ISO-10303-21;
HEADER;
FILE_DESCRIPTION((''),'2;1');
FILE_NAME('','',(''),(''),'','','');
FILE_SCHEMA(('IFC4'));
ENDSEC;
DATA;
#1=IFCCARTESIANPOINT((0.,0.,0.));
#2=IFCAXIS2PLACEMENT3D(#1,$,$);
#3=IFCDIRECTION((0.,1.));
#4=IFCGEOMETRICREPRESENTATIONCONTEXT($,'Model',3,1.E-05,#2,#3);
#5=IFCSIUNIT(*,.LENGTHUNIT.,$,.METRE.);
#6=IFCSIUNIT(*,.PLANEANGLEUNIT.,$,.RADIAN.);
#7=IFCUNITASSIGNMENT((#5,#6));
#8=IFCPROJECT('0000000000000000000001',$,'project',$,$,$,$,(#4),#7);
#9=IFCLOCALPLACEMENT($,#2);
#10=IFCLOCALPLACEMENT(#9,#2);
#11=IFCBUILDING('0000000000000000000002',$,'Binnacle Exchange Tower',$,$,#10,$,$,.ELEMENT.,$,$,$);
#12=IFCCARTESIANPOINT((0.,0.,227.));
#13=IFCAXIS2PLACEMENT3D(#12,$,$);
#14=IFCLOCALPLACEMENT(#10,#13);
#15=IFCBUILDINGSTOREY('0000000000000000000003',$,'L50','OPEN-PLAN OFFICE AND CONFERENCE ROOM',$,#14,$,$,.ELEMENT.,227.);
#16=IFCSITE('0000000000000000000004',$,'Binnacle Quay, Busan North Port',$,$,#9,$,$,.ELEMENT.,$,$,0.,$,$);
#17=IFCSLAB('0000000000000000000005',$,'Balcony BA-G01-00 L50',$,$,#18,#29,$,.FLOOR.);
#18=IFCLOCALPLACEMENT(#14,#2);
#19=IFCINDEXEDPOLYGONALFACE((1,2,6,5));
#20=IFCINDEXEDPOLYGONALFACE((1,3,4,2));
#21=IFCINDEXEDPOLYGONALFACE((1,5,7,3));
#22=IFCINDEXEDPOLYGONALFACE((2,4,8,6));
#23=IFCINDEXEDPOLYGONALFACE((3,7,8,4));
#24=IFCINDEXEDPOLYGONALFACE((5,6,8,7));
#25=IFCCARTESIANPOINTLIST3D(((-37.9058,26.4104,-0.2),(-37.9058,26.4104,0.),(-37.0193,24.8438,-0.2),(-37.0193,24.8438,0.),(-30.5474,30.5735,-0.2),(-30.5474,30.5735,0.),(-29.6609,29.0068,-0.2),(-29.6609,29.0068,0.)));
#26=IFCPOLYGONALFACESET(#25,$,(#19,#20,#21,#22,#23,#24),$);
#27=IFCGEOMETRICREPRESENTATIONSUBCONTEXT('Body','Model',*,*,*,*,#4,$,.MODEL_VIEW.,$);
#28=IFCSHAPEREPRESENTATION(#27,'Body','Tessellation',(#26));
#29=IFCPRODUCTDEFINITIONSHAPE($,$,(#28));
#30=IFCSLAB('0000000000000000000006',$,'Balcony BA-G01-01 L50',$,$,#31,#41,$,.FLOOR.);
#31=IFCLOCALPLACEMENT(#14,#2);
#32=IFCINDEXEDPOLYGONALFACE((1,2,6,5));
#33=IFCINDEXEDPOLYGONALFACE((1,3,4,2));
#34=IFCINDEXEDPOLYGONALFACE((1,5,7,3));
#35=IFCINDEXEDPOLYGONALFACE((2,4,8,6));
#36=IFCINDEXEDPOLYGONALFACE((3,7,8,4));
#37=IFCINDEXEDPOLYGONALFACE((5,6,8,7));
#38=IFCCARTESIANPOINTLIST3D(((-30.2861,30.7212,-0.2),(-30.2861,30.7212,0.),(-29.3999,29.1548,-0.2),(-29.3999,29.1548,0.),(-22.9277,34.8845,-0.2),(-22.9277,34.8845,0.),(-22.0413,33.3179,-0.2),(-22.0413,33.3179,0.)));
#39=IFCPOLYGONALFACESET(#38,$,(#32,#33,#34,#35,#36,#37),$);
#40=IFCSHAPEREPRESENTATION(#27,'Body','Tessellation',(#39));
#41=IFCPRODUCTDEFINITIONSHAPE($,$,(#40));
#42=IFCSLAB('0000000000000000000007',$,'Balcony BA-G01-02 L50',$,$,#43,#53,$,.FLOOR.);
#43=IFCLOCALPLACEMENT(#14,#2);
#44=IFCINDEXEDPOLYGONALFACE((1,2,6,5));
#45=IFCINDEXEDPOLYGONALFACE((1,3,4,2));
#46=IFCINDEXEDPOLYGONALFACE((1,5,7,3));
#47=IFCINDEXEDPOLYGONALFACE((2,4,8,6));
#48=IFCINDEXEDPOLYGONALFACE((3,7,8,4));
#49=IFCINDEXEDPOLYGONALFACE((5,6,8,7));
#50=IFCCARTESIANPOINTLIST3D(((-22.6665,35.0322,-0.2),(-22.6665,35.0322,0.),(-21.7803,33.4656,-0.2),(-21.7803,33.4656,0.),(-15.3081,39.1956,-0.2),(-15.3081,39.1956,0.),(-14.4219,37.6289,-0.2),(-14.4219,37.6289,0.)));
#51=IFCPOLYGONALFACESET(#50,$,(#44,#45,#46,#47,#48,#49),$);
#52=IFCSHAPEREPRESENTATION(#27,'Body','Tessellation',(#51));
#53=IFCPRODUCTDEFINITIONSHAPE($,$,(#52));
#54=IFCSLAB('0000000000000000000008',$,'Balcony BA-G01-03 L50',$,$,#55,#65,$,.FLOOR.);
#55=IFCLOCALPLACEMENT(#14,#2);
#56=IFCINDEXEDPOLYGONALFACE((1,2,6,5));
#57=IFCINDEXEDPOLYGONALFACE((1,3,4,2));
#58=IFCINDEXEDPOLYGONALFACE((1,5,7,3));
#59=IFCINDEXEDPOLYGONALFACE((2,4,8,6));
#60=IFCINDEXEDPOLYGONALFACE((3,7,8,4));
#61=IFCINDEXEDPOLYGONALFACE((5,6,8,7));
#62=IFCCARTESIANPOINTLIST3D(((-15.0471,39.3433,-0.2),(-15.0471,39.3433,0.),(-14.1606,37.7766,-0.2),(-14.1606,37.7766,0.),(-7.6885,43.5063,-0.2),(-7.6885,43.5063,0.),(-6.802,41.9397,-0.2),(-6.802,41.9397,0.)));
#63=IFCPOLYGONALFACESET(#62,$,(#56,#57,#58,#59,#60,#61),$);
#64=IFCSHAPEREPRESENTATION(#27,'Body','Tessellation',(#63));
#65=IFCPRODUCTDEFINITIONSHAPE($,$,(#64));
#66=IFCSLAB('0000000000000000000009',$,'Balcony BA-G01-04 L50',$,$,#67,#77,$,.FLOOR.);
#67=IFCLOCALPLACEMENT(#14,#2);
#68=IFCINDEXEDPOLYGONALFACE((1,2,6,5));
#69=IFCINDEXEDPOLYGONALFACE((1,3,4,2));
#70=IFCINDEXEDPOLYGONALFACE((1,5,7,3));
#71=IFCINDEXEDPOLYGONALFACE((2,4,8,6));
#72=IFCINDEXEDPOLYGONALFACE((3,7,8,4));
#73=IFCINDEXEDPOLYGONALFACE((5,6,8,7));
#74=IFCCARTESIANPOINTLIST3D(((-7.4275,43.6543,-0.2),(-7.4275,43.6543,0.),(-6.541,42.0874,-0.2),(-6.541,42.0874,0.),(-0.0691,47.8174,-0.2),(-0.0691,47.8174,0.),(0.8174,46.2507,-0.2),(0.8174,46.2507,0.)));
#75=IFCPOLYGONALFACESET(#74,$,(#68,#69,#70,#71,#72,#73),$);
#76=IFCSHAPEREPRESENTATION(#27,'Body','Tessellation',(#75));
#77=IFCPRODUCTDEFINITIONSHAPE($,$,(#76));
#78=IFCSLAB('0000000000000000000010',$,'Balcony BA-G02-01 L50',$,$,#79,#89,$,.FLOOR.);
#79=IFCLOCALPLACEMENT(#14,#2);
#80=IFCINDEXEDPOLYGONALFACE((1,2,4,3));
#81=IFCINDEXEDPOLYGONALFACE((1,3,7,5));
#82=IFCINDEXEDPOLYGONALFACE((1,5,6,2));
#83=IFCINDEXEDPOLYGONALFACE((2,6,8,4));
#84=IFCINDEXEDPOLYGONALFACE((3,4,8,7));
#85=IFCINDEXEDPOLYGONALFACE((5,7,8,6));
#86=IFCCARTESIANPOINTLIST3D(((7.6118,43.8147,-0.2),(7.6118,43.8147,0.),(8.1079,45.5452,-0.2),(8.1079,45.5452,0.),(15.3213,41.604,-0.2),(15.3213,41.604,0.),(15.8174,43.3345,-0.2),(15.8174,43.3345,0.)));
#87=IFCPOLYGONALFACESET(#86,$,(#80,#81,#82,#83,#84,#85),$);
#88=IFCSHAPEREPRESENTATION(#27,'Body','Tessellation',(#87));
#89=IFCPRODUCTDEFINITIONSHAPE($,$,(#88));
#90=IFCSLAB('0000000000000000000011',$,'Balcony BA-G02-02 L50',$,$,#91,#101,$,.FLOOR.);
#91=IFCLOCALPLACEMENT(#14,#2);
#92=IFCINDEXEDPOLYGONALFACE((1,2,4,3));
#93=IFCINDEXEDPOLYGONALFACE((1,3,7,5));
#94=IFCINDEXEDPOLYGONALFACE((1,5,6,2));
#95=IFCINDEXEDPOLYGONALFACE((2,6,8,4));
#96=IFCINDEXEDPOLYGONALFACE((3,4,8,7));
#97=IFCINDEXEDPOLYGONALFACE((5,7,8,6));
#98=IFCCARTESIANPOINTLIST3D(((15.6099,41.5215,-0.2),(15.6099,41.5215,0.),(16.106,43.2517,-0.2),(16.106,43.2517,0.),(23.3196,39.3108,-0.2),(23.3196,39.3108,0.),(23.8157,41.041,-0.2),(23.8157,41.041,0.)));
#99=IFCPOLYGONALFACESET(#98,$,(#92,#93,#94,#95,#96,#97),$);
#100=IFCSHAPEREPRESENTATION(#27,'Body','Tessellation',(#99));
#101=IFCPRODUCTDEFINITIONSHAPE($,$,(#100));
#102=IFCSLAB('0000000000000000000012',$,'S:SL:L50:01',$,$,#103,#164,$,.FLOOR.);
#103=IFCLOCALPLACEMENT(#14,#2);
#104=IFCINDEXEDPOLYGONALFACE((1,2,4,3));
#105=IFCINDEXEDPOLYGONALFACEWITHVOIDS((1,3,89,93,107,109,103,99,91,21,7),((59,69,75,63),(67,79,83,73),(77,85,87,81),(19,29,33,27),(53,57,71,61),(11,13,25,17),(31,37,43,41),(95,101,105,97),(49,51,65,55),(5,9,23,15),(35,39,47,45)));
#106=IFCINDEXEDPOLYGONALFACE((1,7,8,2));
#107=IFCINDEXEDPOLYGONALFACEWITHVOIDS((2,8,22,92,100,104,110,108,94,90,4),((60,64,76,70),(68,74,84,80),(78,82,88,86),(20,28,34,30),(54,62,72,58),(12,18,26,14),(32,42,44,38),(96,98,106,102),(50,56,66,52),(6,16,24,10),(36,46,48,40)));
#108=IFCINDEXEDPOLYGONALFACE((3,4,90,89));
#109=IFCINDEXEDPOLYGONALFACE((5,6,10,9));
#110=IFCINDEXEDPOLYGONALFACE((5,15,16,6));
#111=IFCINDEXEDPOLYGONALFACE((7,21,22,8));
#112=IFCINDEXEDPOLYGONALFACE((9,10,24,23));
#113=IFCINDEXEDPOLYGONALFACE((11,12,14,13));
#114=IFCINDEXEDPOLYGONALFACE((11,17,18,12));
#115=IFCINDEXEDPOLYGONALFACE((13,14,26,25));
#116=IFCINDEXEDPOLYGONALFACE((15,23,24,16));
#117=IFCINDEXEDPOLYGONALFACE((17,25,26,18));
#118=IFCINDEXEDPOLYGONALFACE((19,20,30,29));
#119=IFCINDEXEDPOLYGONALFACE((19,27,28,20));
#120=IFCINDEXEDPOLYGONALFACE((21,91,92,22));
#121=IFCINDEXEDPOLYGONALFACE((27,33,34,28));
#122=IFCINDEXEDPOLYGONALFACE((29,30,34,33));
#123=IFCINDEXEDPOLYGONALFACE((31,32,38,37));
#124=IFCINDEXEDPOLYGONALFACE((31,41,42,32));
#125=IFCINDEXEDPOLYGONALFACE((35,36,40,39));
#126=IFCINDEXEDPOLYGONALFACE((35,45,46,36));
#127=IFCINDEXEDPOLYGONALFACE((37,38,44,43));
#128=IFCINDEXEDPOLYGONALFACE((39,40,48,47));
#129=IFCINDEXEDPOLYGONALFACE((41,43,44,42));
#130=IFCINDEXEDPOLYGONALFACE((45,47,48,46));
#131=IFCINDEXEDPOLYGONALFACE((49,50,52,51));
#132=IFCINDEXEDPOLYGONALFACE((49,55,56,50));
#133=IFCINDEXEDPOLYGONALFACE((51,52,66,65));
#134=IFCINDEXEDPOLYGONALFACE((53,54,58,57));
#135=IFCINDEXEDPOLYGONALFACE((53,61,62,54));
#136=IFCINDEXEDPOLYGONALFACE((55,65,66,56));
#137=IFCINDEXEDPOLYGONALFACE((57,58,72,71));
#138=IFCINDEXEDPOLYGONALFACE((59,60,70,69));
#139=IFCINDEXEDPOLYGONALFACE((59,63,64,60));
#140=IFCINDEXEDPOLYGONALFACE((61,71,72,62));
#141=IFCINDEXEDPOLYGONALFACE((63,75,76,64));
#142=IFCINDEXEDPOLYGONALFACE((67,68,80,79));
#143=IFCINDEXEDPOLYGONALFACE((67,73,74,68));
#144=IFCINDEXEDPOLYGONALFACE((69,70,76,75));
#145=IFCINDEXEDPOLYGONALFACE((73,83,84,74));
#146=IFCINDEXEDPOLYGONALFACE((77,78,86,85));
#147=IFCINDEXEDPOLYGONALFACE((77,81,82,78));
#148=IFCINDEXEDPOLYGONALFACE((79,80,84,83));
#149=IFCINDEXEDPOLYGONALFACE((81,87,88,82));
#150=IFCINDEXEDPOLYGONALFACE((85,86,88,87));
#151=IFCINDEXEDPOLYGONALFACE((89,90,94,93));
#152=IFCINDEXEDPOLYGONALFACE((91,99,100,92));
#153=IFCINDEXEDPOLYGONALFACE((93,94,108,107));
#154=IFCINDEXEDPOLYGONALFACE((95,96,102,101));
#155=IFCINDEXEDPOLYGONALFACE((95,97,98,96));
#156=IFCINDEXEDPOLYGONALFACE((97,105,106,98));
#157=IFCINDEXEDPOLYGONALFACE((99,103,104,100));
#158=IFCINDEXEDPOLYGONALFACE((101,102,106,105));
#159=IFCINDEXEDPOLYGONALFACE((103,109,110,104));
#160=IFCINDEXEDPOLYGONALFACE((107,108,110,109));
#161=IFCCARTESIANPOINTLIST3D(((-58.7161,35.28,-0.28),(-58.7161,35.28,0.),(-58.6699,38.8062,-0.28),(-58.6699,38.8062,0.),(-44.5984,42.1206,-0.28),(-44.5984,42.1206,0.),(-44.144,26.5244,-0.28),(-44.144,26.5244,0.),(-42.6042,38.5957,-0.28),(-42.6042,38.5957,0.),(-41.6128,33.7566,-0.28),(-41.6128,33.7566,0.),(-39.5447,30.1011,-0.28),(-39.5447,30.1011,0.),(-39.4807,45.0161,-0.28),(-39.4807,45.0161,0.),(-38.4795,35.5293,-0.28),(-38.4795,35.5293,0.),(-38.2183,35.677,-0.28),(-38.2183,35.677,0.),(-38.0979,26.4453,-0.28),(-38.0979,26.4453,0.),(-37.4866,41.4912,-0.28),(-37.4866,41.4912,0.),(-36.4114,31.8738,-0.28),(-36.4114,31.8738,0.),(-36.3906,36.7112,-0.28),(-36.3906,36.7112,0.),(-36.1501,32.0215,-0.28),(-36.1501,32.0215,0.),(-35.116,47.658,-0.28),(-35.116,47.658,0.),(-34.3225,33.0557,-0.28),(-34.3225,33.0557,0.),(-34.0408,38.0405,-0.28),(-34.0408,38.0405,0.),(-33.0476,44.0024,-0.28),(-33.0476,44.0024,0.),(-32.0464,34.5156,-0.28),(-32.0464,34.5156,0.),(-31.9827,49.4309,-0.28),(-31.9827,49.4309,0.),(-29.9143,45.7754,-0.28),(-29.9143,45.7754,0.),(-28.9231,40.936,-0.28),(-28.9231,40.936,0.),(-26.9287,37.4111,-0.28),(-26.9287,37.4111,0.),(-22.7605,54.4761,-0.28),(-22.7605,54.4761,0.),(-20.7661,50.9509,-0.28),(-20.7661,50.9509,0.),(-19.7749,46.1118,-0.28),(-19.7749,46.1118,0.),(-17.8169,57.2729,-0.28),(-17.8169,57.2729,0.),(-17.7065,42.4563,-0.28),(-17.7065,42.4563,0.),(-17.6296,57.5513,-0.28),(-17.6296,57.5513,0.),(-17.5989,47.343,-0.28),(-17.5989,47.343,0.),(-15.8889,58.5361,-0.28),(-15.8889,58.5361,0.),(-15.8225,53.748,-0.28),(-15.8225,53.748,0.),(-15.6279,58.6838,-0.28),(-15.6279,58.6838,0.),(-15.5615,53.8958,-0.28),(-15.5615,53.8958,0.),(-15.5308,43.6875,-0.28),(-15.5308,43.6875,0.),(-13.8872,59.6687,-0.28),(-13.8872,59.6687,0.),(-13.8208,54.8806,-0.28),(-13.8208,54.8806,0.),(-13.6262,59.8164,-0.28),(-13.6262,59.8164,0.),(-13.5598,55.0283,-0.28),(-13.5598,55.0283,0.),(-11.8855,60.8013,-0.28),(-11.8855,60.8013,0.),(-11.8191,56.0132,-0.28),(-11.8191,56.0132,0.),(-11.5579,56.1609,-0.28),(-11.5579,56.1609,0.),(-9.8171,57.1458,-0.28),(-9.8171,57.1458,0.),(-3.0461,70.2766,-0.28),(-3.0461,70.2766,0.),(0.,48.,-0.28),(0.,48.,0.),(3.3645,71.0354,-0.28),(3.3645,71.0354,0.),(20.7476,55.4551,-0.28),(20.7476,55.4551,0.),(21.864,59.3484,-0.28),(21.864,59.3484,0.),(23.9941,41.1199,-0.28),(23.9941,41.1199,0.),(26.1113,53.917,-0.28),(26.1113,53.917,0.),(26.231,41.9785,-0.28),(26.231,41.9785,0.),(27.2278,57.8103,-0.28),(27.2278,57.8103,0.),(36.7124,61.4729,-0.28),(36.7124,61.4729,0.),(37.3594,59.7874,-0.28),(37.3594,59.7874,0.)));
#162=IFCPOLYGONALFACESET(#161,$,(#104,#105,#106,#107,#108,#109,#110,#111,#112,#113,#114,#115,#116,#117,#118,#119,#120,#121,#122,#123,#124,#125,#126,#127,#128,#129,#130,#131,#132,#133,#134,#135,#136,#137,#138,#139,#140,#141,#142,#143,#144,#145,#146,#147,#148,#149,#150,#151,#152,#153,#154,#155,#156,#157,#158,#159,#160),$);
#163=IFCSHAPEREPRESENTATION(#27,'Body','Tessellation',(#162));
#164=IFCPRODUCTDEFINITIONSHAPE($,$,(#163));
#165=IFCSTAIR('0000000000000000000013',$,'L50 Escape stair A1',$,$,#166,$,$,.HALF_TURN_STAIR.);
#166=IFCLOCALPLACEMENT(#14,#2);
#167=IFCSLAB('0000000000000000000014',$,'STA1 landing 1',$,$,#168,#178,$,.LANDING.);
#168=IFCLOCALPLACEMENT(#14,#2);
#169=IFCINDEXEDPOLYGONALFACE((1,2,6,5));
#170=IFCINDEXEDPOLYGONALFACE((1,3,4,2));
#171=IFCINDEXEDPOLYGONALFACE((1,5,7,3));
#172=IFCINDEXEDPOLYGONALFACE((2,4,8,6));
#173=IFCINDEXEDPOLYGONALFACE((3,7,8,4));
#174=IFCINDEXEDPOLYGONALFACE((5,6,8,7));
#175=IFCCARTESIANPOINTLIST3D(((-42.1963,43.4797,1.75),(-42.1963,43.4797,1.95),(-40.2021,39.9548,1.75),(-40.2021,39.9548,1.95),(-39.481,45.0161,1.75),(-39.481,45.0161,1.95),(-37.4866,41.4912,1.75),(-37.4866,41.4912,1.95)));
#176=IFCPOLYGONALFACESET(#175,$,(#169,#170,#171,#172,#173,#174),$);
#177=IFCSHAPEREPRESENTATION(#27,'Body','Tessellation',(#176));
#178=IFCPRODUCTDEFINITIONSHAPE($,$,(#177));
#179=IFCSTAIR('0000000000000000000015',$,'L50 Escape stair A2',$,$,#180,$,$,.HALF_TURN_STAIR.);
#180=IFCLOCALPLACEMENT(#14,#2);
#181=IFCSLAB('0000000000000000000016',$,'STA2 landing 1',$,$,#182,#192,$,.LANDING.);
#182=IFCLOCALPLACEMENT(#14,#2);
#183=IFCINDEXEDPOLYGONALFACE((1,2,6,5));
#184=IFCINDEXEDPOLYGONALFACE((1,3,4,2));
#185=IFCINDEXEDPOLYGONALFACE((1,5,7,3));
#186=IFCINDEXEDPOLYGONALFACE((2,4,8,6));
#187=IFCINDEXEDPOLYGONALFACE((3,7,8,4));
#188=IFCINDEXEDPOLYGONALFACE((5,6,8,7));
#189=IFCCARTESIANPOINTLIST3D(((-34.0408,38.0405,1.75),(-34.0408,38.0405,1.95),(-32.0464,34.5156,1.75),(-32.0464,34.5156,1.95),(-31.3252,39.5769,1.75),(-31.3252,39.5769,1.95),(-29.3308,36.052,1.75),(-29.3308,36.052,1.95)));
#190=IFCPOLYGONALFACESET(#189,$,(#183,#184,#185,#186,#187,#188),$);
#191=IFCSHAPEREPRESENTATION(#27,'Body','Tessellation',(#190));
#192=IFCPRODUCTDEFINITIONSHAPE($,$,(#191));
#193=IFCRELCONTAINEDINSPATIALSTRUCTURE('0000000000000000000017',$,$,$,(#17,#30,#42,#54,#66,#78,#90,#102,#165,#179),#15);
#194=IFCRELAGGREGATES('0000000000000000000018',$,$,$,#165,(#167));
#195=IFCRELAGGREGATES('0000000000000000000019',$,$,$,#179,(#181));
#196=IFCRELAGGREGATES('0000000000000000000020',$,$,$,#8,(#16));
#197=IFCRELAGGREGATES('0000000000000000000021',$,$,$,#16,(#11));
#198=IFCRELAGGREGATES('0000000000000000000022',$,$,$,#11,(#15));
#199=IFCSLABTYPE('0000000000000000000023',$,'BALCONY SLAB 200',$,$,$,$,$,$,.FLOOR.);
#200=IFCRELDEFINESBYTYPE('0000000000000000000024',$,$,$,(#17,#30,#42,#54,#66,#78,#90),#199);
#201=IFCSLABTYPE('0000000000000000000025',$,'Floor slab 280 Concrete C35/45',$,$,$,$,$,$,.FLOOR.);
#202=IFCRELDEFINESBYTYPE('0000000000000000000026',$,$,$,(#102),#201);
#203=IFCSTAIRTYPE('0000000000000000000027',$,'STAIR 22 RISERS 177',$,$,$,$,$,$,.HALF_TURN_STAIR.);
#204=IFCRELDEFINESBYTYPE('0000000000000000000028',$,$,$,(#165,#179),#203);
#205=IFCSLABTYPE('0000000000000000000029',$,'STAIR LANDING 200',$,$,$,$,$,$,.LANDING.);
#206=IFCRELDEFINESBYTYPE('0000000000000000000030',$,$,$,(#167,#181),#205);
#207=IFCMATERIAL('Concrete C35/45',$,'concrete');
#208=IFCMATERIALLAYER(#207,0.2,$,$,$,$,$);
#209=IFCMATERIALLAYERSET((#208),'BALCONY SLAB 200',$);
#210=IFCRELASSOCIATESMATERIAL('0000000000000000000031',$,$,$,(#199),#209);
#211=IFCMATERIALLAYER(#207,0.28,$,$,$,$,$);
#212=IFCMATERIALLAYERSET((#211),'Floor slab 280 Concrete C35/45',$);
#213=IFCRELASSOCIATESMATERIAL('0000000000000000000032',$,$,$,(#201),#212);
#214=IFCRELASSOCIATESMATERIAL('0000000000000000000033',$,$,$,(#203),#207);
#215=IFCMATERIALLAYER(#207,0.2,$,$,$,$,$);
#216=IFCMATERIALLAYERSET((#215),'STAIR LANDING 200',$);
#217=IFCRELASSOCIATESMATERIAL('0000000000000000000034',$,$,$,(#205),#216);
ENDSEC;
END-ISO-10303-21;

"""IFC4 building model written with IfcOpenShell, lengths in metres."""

from ifc_helpers import new_model, si_unit, direction, frame, origin, place, context, subcontext, project, spatial, polyline, outline, extrude, material, layer, layer_set, type_object, element, aggregate, save


model = new_model("IFC4")

# Units and contexts
model_context = context("Model", 3, precision=1e-05, world=origin(), true_north=direction((0.0, 1.0)))
body_context = subcontext(model_context, "Body", "Model", "MODEL_VIEW")
ifc_project = project(units=[si_unit("LENGTHUNIT", "METRE"), si_unit("PLANEANGLEUNIT", "RADIAN")], contexts=[model_context])

# Site, building, storey
site_placement = place(None, origin())
site = spatial("IfcSite", under=ifc_project, at=site_placement, Name="Binnacle Quay, Busan North Port", CompositionType="ELEMENT", RefElevation=0.0)
building_placement = place(site_placement, origin())
building = spatial("IfcBuilding", under=site, at=building_placement, Name="Binnacle Exchange Tower", CompositionType="ELEMENT")
storey_placement = place(building_placement, frame((0.0, 0.0, 227.0)))
storey = spatial("IfcBuildingStorey", under=building, at=storey_placement, Name="L50", Description="OPEN-PLAN OFFICE AND CONFERENCE ROOM", CompositionType="ELEMENT", Elevation=227.0)

# Slabs
ifc_material_1 = material(Name="Concrete C35/45", Category="concrete")
ifc_layer_1 = layer(ifc_material_1, 0.2)
ifc_layer_set_1 = layer_set([ifc_layer_1], Name="BALCONY SLAB 200")
slab_type_1 = type_object("IfcSlabType", Name="BALCONY SLAB 200", PredefinedType="FLOOR", material=ifc_layer_set_1)
slab_1_placement = place(storey_placement, frame((0.0, 0.0, -0.2)))
element("IfcSlab", 1, at=slab_1_placement, inside=storey, type_object=slab_type_1, Name="Balcony BA-G01-00 L50", PredefinedType="FLOOR", context=body_context, shape_type="SweptSolid", body=[
    extrude(outline(polyline([(-37.9058, 26.4104), (-30.5474, 30.5735), (-29.6609, 29.0068), (-37.0193, 24.8438), (-37.9058, 26.4104)])), origin(), (0.0, 0.0, 1.0), 0.2),
])
slab_2_placement = place(storey_placement, frame((0.0, 0.0, -0.2)))
element("IfcSlab", 2, at=slab_2_placement, inside=storey, type_object=slab_type_1, Name="Balcony BA-G01-01 L50", PredefinedType="FLOOR", context=body_context, shape_type="SweptSolid", body=[
    extrude(outline(polyline([(-30.2861, 30.7212), (-22.9277, 34.8845), (-22.0413, 33.3179), (-29.3999, 29.1548), (-30.2861, 30.7212)])), origin(), (0.0, 0.0, 1.0), 0.2),
])
slab_3_placement = place(storey_placement, frame((0.0, 0.0, -0.2)))
element("IfcSlab", 3, at=slab_3_placement, inside=storey, type_object=slab_type_1, Name="Balcony BA-G01-02 L50", PredefinedType="FLOOR", context=body_context, shape_type="SweptSolid", body=[
    extrude(outline(polyline([(-22.6665, 35.0322), (-15.3081, 39.1956), (-14.4219, 37.6289), (-21.7803, 33.4656), (-22.6665, 35.0322)])), origin(), (0.0, 0.0, 1.0), 0.2),
])
slab_4_placement = place(storey_placement, frame((0.0, 0.0, -0.2)))
element("IfcSlab", 4, at=slab_4_placement, inside=storey, type_object=slab_type_1, Name="Balcony BA-G01-03 L50", PredefinedType="FLOOR", context=body_context, shape_type="SweptSolid", body=[
    extrude(outline(polyline([(-15.0471, 39.3433), (-7.6885, 43.5063), (-6.802, 41.9397), (-14.1606, 37.7766), (-15.0471, 39.3433)])), origin(), (0.0, 0.0, 1.0), 0.2),
])
slab_5_placement = place(storey_placement, frame((0.0, 0.0, -0.2)))
element("IfcSlab", 5, at=slab_5_placement, inside=storey, type_object=slab_type_1, Name="Balcony BA-G01-04 L50", PredefinedType="FLOOR", context=body_context, shape_type="SweptSolid", body=[
    extrude(outline(polyline([(-7.4275, 43.6543), (-0.0691, 47.8174), (0.8174, 46.2507), (-6.541, 42.0874), (-7.4275, 43.6543)])), origin(), (0.0, 0.0, 1.0), 0.2),
])
slab_6_placement = place(storey_placement, frame((0.0, 0.0, -0.2)))
element("IfcSlab", 6, at=slab_6_placement, inside=storey, type_object=slab_type_1, Name="Balcony BA-G02-01 L50", PredefinedType="FLOOR", context=body_context, shape_type="SweptSolid", body=[
    extrude(outline(polyline([(8.1079, 45.5452), (15.8174, 43.3345), (15.3213, 41.604), (7.6118, 43.8147), (8.1079, 45.5452)])), origin(), (0.0, 0.0, 1.0), 0.2),
])
slab_7_placement = place(storey_placement, frame((0.0, 0.0, -0.2)))
element("IfcSlab", 7, at=slab_7_placement, inside=storey, type_object=slab_type_1, Name="Balcony BA-G02-02 L50", PredefinedType="FLOOR", context=body_context, shape_type="SweptSolid", body=[
    extrude(outline(polyline([(16.106, 43.2517), (23.8157, 41.041), (23.3196, 39.3108), (15.6099, 41.5215), (16.106, 43.2517)])), origin(), (0.0, 0.0, 1.0), 0.2),
])
ifc_layer_2 = layer(ifc_material_1, 0.28)
ifc_layer_set_2 = layer_set([ifc_layer_2], Name="Floor slab 280 Concrete C35/45")
slab_type_2 = type_object("IfcSlabType", Name="Floor slab 280 Concrete C35/45", PredefinedType="FLOOR", material=ifc_layer_set_2)
slab_8_placement = place(storey_placement, frame((0.0, 0.0, -0.28)))
element("IfcSlab", 8, at=slab_8_placement, inside=storey, type_object=slab_type_2, Name="S:SL:L50:01", PredefinedType="FLOOR", context=body_context, shape_type="SweptSolid", body=[
    extrude(outline(polyline([(-58.7161, 35.28), (-58.6699, 38.8062), (-3.0461, 70.2766), (3.3645, 71.0354), (36.7124, 61.4729), (37.3594, 59.7874), (26.231, 41.9785), (23.9941, 41.1199), (0.0, 48.0), (-38.0979, 26.4453), (-44.144, 26.5244), (-58.7161, 35.28)]), holes=[polyline([(-38.4795, 35.5293), (-41.6128, 33.7566), (-39.5447, 30.1011), (-36.4114, 31.8738), (-38.4795, 35.5293)]), polyline([(-36.3906, 36.7112), (-38.2183, 35.677), (-36.1501, 32.0215), (-34.3225, 33.0557), (-36.3906, 36.7112)]), polyline([(-32.0464, 34.5156), (-26.9287, 37.4111), (-28.9231, 40.936), (-34.0408, 38.0405), (-32.0464, 34.5156)]), polyline([(-37.4866, 41.4912), (-39.4807, 45.0161), (-44.5984, 42.1206), (-42.6042, 38.5957), (-37.4866, 41.4912)]), polyline([(-29.9143, 45.7754), (-31.9827, 49.4309), (-35.116, 47.658), (-33.0476, 44.0024), (-29.9143, 45.7754)]), polyline([(-17.8169, 57.2729), (-22.7605, 54.4761), (-20.7661, 50.9509), (-15.8225, 53.748), (-17.8169, 57.2729)]), polyline([(-15.5308, 43.6875), (-17.5989, 47.343), (-19.7749, 46.1118), (-17.7065, 42.4563), (-15.5308, 43.6875)]), polyline([(-13.8208, 54.8806), (-15.8889, 58.5361), (-17.6296, 57.5513), (-15.5615, 53.8958), (-13.8208, 54.8806)]), polyline([(27.2278, 57.8103), (21.864, 59.3484), (20.7476, 55.4551), (26.1113, 53.917), (27.2278, 57.8103)]), polyline([(-11.8191, 56.0132), (-13.8872, 59.6687), (-15.6279, 58.6838), (-13.5598, 55.0283), (-11.8191, 56.0132)]), polyline([(-9.8171, 57.1458), (-11.8855, 60.8013), (-13.6262, 59.8164), (-11.5579, 56.1609), (-9.8171, 57.1458)])]), origin(), (0.0, 0.0, 1.0), 0.28),
])

# Stairs, slabs
stair_type = type_object("IfcStairType", Name="STAIR 22 RISERS 177", PredefinedType="HALF_TURN_STAIR", material=ifc_material_1)
stair_1_placement = place(storey_placement, origin())
stair_1 = element("IfcStair", 9, at=stair_1_placement, inside=storey, type_object=stair_type, Name="L50 Escape stair A1", PredefinedType="HALF_TURN_STAIR")
ifc_layer_3 = layer(ifc_material_1, 0.2)
ifc_layer_set_3 = layer_set([ifc_layer_3], Name="STAIR LANDING 200")
slab_type_3 = type_object("IfcSlabType", Name="STAIR LANDING 200", PredefinedType="LANDING", material=ifc_layer_set_3)
slab_9_placement = place(storey_placement, frame((0.0, 0.0, 1.75)))
slab_9 = element("IfcSlab", 10, at=slab_9_placement, type_object=slab_type_3, Name="STA1 landing 1", PredefinedType="LANDING", context=body_context, shape_type="SweptSolid", body=[
    extrude(outline(polyline([(-40.2021, 39.9548), (-37.4866, 41.4912), (-39.481, 45.0161), (-42.1963, 43.4797), (-40.2021, 39.9548)])), origin(), (0.0, 0.0, 1.0), 0.2),
])
aggregate(stair_1, [slab_9])
stair_2_placement = place(storey_placement, origin())
stair_2 = element("IfcStair", 11, at=stair_2_placement, inside=storey, type_object=stair_type, Name="L50 Escape stair A2", PredefinedType="HALF_TURN_STAIR")
slab_10_placement = place(storey_placement, frame((0.0, 0.0, 1.75)))
slab_10 = element("IfcSlab", 12, at=slab_10_placement, type_object=slab_type_3, Name="STA2 landing 1", PredefinedType="LANDING", context=body_context, shape_type="SweptSolid", body=[
    extrude(outline(polyline([(-31.3252, 39.5769), (-34.0408, 38.0405), (-32.0464, 34.5156), (-29.3308, 36.052), (-31.3252, 39.5769)])), origin(), (0.0, 0.0, 1.0), 0.2),
])
aggregate(stair_2, [slab_10])

save(model, "model.ifc")
